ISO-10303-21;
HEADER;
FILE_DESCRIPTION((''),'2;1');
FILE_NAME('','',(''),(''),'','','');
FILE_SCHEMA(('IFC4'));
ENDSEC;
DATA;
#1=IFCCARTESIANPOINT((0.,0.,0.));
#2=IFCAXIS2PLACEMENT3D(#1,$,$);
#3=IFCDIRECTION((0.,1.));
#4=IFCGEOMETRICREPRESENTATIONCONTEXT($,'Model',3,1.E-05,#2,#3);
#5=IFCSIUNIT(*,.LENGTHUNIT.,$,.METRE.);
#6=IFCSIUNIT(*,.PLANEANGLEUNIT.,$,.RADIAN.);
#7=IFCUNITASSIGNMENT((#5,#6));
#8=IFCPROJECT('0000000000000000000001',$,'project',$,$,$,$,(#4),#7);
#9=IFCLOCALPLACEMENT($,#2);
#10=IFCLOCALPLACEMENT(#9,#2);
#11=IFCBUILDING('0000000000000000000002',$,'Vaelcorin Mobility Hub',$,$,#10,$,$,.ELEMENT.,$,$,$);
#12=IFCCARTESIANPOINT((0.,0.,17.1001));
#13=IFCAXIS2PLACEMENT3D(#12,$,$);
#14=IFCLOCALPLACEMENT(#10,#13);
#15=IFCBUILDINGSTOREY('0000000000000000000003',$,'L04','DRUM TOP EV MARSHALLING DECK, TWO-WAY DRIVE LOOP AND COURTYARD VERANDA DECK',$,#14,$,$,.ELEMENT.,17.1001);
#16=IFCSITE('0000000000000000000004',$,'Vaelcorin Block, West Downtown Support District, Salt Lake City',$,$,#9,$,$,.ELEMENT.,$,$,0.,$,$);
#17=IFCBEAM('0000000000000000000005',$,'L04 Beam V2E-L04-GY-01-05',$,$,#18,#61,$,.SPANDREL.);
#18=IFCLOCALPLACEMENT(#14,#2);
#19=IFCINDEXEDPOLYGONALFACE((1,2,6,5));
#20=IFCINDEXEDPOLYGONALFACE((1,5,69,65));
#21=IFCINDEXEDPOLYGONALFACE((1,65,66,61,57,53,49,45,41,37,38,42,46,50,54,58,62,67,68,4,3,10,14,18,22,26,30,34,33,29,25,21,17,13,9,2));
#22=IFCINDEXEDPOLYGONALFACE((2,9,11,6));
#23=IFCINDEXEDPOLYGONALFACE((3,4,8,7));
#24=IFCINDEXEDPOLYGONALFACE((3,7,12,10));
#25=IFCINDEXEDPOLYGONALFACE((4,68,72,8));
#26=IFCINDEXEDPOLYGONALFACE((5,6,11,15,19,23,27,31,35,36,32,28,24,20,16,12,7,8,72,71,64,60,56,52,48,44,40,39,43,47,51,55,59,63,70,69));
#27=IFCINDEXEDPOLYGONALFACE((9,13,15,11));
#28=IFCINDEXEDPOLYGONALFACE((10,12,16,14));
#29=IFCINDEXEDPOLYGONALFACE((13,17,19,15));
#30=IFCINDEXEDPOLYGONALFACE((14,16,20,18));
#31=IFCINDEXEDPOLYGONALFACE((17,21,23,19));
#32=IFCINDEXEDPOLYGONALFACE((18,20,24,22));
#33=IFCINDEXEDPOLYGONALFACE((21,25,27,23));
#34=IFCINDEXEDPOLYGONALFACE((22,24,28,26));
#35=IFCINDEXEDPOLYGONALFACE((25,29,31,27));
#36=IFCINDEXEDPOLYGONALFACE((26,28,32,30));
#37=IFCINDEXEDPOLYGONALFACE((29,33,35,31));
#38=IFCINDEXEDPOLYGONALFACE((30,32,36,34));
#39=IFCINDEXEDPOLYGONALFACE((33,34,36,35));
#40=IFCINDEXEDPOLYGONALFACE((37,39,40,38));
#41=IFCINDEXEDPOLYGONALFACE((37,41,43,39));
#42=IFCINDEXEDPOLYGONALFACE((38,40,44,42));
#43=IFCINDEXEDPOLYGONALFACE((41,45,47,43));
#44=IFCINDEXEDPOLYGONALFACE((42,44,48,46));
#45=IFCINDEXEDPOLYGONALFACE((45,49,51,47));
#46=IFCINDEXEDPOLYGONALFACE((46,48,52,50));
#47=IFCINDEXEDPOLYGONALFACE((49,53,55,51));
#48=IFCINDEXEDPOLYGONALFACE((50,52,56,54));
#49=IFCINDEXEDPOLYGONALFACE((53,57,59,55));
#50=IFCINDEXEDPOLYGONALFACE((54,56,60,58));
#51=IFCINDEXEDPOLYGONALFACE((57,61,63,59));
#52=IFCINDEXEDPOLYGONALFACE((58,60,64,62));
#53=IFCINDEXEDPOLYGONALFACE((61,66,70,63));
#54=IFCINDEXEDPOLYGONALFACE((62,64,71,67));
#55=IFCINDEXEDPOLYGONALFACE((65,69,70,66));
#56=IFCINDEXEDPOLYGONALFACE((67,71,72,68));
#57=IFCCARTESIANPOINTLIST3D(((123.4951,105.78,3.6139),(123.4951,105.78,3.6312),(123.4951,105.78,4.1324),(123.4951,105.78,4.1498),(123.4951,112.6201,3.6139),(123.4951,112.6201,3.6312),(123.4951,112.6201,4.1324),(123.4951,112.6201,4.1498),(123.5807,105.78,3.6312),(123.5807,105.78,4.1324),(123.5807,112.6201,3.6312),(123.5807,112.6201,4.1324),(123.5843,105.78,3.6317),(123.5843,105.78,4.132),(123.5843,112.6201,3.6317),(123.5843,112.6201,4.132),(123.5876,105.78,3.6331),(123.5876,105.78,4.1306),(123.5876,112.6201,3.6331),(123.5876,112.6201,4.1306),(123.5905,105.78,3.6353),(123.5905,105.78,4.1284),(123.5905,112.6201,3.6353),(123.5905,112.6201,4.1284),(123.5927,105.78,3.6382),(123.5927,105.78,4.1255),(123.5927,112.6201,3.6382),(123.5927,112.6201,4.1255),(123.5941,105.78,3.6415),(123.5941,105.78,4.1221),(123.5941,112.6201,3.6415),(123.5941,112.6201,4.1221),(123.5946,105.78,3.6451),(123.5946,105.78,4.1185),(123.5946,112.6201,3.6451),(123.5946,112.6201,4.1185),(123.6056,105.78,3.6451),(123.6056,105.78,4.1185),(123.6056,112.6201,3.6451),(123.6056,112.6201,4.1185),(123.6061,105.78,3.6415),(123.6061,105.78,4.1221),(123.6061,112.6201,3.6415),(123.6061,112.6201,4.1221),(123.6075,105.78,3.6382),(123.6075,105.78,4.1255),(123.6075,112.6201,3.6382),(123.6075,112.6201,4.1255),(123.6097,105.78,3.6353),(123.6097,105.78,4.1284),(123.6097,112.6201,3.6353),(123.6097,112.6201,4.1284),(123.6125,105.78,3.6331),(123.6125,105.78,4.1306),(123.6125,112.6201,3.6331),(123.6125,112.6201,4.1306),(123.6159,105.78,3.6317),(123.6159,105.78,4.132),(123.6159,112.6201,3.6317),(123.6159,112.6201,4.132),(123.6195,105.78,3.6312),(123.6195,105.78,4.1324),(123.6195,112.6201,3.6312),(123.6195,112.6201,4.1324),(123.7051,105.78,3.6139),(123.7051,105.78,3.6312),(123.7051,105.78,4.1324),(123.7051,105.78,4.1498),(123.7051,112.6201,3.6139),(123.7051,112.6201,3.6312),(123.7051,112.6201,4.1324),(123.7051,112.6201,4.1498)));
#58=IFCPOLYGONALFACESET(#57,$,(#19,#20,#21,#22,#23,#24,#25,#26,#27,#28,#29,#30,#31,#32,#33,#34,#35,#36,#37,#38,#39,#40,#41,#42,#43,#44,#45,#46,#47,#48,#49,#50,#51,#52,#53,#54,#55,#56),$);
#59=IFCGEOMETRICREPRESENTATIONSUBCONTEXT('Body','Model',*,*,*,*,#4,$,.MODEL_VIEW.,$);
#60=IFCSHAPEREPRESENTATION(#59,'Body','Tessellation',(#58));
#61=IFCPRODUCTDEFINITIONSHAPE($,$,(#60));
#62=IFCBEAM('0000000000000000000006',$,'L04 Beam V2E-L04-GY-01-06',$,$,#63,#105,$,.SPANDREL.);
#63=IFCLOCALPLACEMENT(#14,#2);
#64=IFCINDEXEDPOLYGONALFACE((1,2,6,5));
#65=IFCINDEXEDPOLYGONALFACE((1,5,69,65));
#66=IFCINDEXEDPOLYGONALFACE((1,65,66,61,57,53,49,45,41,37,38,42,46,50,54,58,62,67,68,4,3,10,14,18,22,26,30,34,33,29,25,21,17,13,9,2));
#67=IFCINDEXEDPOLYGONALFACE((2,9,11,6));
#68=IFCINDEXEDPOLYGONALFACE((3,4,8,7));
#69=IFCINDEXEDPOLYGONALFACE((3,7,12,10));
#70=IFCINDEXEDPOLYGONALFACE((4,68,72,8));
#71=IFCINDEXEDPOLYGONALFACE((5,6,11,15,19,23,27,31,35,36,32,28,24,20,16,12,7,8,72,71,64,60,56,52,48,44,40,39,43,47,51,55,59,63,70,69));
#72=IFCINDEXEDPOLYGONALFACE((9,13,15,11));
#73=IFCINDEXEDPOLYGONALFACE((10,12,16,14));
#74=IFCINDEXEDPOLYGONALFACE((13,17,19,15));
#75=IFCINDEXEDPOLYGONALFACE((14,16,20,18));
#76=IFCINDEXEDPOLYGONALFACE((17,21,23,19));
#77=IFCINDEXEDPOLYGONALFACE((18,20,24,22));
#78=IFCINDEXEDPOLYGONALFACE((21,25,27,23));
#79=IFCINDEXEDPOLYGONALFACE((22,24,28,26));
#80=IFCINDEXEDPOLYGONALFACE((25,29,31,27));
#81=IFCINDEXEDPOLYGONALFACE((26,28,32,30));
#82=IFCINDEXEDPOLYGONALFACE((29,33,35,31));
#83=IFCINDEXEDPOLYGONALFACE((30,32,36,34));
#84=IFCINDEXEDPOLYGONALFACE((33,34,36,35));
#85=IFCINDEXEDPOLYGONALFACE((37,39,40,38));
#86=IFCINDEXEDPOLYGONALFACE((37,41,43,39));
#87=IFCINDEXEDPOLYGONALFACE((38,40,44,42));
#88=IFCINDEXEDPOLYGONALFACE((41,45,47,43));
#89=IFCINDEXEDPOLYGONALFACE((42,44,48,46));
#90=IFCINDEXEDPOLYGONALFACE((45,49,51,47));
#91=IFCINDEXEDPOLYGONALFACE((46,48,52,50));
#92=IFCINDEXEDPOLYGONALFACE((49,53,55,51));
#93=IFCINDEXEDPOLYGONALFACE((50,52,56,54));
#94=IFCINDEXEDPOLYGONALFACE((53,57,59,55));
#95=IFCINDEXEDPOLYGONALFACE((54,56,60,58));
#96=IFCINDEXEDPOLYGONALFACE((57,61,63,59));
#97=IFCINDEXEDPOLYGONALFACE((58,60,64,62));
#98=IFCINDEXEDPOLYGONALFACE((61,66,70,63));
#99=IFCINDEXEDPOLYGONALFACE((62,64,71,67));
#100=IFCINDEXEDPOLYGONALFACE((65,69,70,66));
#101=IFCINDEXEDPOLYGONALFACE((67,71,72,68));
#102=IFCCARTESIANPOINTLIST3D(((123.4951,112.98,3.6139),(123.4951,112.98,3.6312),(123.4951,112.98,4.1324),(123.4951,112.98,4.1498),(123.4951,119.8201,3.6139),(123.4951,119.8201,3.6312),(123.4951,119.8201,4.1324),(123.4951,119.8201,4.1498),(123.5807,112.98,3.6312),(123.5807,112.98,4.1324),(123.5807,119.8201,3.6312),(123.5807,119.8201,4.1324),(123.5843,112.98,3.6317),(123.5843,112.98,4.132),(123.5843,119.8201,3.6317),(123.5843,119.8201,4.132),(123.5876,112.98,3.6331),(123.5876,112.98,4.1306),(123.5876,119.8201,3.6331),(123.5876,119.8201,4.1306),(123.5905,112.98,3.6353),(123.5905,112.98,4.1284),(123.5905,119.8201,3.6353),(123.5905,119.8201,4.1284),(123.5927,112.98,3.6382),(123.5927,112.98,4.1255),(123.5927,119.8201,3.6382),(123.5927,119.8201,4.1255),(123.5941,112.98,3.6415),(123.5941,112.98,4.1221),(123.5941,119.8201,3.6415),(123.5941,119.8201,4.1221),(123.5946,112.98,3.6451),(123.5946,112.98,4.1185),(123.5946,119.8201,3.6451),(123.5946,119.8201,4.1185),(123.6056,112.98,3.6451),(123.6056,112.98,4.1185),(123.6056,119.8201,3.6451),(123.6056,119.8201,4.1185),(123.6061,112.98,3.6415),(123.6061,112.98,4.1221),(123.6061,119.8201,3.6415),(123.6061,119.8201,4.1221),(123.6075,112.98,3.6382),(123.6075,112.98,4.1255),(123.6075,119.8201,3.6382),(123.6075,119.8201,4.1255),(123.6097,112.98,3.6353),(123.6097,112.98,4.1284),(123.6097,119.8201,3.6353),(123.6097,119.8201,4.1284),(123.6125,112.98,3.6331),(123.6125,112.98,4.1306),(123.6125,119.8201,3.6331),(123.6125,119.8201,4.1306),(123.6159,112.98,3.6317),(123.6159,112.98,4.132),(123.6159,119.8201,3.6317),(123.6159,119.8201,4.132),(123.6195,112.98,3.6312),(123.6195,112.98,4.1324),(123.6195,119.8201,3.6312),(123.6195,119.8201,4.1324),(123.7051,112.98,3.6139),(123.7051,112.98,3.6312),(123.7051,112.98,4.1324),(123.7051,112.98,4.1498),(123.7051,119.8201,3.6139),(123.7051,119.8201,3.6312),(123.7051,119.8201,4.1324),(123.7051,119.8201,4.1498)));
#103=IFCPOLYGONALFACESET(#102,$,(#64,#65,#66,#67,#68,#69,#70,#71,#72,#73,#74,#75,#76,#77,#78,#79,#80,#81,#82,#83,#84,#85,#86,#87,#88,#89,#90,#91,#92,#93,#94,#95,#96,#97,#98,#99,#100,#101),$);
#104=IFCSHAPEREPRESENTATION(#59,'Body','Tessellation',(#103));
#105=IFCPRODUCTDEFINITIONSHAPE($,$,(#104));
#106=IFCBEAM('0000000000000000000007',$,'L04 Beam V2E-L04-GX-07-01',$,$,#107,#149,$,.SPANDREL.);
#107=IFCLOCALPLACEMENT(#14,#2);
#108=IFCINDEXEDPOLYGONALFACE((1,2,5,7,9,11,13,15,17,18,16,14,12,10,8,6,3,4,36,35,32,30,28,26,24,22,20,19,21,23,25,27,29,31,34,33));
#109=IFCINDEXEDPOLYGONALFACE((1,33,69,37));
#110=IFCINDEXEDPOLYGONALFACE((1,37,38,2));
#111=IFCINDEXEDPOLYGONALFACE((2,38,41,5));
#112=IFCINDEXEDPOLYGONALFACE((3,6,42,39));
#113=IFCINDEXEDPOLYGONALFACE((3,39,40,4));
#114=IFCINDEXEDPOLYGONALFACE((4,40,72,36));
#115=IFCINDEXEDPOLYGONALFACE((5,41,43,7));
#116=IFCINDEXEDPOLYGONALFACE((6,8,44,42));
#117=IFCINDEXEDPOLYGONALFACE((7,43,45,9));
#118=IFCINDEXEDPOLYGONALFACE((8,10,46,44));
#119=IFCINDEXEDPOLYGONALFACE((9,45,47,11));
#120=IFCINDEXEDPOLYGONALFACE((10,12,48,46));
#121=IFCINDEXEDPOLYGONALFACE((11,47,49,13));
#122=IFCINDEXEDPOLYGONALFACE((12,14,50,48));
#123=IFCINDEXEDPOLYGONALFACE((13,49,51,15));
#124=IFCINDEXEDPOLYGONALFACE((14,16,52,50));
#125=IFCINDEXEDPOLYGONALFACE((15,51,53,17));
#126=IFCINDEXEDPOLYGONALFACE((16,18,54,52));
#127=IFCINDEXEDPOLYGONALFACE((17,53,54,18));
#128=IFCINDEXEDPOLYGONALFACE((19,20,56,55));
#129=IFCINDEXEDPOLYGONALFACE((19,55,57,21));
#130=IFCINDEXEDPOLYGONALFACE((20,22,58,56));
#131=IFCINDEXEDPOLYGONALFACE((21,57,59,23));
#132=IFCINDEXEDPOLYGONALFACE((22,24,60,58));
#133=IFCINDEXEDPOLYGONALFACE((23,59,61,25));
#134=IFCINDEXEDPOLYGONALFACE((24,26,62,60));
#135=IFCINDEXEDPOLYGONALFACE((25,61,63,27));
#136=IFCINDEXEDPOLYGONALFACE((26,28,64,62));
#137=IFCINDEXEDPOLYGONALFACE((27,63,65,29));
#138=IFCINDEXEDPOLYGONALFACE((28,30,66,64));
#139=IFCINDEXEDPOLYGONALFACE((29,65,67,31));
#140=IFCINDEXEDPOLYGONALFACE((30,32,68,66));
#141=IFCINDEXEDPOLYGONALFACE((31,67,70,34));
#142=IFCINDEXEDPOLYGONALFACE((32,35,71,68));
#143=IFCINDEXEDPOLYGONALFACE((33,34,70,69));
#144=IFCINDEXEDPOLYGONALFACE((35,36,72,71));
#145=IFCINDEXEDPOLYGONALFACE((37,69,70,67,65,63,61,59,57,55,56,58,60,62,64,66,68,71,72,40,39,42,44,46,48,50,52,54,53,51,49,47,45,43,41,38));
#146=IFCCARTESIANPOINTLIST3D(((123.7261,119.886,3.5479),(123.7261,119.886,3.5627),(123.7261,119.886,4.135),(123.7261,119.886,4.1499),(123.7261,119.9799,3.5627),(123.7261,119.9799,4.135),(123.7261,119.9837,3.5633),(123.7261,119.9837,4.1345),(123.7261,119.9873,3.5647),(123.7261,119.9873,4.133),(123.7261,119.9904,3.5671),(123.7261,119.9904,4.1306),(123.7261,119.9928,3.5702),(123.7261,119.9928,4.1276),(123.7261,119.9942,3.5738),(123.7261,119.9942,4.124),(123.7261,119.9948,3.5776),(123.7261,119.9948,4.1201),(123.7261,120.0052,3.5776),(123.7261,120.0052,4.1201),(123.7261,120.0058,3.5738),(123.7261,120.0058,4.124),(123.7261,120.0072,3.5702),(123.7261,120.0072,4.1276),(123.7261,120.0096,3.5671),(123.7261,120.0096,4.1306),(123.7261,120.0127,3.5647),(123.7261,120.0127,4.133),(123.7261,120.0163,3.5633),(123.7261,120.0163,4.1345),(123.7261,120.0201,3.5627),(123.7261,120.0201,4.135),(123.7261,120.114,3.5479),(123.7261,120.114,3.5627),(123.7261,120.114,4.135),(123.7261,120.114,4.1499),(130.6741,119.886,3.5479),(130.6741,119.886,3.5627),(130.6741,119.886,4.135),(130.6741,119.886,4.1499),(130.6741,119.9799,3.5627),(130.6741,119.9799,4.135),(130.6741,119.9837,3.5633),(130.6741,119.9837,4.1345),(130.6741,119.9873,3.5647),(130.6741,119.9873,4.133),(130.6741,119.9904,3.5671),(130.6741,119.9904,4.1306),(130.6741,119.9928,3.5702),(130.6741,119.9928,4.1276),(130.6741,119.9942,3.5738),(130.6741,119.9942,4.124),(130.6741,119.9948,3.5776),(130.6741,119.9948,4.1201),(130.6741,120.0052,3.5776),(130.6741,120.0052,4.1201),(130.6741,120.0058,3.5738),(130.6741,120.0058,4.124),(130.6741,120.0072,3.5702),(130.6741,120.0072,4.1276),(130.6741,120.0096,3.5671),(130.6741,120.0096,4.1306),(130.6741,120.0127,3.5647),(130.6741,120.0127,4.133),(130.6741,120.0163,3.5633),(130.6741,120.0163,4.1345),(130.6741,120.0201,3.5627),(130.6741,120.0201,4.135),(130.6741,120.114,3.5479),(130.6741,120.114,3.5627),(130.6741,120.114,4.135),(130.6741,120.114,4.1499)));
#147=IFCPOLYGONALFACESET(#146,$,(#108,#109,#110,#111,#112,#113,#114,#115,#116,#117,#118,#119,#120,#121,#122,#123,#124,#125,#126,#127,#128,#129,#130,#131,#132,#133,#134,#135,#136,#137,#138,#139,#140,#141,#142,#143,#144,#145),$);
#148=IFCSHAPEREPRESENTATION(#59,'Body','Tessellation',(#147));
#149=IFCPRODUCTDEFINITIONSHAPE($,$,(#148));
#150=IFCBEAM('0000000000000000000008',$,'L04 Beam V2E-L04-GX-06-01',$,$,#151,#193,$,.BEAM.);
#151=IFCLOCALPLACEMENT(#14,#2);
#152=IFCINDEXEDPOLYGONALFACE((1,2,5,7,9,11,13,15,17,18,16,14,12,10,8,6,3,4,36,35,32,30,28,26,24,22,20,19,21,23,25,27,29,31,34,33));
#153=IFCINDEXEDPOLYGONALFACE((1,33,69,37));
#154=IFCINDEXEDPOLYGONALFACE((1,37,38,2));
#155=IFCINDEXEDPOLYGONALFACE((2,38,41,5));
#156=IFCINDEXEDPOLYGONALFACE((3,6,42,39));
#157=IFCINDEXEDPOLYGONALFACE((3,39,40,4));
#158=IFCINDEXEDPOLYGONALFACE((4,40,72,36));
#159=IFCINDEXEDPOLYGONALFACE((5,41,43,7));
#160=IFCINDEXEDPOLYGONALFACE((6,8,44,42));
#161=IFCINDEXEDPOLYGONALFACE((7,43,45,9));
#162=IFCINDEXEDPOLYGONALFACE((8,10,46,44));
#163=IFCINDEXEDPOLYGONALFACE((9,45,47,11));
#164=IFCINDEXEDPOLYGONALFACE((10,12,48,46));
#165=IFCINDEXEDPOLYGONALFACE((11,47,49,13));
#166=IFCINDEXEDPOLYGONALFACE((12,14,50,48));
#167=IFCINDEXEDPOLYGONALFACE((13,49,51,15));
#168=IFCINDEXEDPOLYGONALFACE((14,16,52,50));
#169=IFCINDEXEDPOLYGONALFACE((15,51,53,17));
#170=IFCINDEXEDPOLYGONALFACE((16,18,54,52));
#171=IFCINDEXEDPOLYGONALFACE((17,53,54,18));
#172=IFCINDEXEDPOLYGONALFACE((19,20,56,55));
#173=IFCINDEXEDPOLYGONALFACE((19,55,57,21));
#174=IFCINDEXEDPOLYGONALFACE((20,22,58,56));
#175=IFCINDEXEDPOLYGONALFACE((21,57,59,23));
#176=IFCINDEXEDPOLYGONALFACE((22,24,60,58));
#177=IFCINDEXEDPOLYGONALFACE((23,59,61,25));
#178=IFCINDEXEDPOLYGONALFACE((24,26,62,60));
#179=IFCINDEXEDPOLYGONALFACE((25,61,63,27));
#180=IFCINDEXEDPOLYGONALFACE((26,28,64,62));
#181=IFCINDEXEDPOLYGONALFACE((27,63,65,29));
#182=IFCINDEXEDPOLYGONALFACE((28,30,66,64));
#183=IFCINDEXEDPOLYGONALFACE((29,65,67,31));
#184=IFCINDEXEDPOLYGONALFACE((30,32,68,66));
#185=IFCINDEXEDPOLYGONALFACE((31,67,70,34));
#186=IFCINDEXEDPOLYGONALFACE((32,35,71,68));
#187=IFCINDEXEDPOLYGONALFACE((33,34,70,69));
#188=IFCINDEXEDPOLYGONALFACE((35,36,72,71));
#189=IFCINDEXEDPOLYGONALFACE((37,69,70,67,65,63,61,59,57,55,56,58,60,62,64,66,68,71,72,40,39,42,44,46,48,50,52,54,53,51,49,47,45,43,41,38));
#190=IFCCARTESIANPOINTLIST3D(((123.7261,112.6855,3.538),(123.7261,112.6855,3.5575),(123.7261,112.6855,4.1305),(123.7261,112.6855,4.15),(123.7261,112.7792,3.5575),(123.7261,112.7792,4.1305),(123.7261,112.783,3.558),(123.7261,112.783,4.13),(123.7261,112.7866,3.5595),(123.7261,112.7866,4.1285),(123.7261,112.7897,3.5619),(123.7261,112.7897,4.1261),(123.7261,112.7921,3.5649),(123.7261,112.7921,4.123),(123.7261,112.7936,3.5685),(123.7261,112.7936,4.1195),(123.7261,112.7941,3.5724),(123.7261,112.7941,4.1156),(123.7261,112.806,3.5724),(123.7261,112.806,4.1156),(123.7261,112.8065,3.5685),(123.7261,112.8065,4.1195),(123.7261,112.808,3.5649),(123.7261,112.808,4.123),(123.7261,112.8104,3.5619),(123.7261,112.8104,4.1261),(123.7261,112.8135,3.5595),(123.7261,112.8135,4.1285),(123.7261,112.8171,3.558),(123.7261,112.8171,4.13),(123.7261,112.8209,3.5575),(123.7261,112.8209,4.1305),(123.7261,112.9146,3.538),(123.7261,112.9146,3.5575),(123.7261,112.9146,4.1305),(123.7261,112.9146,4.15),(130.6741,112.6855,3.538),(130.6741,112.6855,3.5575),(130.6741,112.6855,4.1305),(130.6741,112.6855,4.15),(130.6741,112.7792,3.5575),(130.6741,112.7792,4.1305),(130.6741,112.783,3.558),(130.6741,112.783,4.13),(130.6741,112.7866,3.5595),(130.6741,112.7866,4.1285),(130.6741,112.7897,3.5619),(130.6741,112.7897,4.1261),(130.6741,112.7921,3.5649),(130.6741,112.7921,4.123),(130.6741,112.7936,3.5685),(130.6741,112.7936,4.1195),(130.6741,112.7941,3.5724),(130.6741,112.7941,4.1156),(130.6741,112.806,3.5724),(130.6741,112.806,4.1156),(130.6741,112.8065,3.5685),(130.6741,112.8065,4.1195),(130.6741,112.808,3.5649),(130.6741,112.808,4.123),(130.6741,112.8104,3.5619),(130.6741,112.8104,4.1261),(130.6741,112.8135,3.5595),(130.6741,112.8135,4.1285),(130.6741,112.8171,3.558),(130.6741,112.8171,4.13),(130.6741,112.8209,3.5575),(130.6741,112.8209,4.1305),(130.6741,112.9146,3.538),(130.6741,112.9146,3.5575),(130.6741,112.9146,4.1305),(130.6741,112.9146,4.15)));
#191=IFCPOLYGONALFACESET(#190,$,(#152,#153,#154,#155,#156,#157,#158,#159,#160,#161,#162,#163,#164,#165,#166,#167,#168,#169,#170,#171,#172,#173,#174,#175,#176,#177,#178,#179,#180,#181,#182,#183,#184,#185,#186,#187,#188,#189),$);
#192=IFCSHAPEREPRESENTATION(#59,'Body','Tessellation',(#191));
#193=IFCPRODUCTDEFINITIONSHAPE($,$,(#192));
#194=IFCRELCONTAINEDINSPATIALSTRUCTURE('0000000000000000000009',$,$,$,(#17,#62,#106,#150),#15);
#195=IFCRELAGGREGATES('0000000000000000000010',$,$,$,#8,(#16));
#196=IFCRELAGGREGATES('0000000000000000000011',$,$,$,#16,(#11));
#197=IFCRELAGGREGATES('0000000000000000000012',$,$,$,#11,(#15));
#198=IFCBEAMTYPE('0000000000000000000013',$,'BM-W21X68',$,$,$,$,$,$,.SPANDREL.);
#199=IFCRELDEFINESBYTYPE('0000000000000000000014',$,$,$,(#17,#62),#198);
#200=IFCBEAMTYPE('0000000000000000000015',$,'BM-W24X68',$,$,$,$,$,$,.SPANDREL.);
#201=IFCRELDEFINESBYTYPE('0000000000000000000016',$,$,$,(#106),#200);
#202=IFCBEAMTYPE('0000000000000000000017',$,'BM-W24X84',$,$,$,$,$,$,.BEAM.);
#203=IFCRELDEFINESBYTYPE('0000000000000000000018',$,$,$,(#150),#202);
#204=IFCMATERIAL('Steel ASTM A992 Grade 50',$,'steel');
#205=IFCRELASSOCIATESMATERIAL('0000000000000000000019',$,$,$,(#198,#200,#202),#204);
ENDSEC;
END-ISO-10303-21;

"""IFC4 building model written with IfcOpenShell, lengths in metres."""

from ifc_helpers import new_model, si_unit, direction, frame, origin, origin_2d, place, context, subcontext, project, spatial, i_section, extrude, material, material_profile, profile_set, type_object, element, save


model = new_model("IFC4")

# Units and contexts
model_context = context("Model", 3, precision=1e-05, world=origin(), true_north=direction((0.0, 1.0)))
body_context = subcontext(model_context, "Body", "Model", "MODEL_VIEW")
ifc_project = project(units=[si_unit("LENGTHUNIT", "METRE"), si_unit("PLANEANGLEUNIT", "RADIAN")], contexts=[model_context])

# Site, building, storey
site_placement = place(None, origin())
site = spatial("IfcSite", under=ifc_project, at=site_placement, Name="Vaelcorin Block, West Downtown Support District, Salt Lake City", CompositionType="ELEMENT", RefElevation=0.0)
building_placement = place(site_placement, origin())
building = spatial("IfcBuilding", under=site, at=building_placement, Name="Vaelcorin Mobility Hub", CompositionType="ELEMENT")
storey_placement = place(building_placement, frame((0.0, 0.0, 17.1001)))
storey = spatial("IfcBuildingStorey", under=building, at=storey_placement, Name="L04", Description="DRUM TOP EV MARSHALLING DECK, TWO-WAY DRIVE LOOP AND COURTYARD VERANDA DECK", CompositionType="ELEMENT", Elevation=17.1001)

# Shared definitions
ifc_material_1 = material(Name="Steel ASTM A992 Grade 50", Category="steel")

# Beams
ifc_material_profile_1 = material_profile(ifc_material_1, i_section(OverallWidth=0.21, OverallDepth=0.5359, WebThickness=0.011, FlangeThickness=0.0173, FilletRadius=0.0139, at=origin_2d()), Name="W21X68")
ifc_profile_set_1 = profile_set([ifc_material_profile_1], Name="Steel ASTM A992 Grade 50")
beam_type_1 = type_object("IfcBeamType", Name="BM-W21X68", PredefinedType="SPANDREL", material=ifc_profile_set_1)
for number, where, z_axis, x_axis, name in (
    (1, (123.6001, 105.78, 3.8818), (0.0, 1.0, 0.0), (-1.0, 0.0, 0.0), "L04 Beam V2E-L04-GY-01-05"),
    (2, (123.6001, 112.98, 3.8818), (0.0, 1.0, 0.0), (-1.0, 0.0, 0.0), "L04 Beam V2E-L04-GY-01-06"),
):
    element("IfcBeam", number, at=place(storey_placement, frame(where, z_axis=z_axis, x_axis=x_axis)), inside=storey, type_object=beam_type_1, Name=name, PredefinedType="SPANDREL", context=body_context, shape_type="SweptSolid", body=[
        extrude(i_section(OverallWidth=0.21, OverallDepth=0.5359, WebThickness=0.011, FlangeThickness=0.0173, FilletRadius=0.0139, at=origin_2d()), origin(), (0.0, 0.0, 1.0), 6.8401),
    ])
ifc_material_profile_2 = material_profile(ifc_material_1, i_section(OverallWidth=0.228, OverallDepth=0.6021, WebThickness=0.0105, FlangeThickness=0.0149, FilletRadius=0.0149, at=origin_2d()), Name="W24X68")
ifc_profile_set_2 = profile_set([ifc_material_profile_2], Name="Steel ASTM A992 Grade 50")
beam_type_2 = type_object("IfcBeamType", Name="BM-W24X68", PredefinedType="SPANDREL", material=ifc_profile_set_2)
beam_1_placement = place(storey_placement, frame((123.7261, 120.0, 3.8489), z_axis=(1.0, 0.0, 0.0), x_axis=(0.0, 1.0, 0.0)))
element("IfcBeam", 3, at=beam_1_placement, inside=storey, type_object=beam_type_2, Name="L04 Beam V2E-L04-GX-07-01", PredefinedType="SPANDREL", context=body_context, shape_type="SweptSolid", body=[
    extrude(i_section(OverallWidth=0.228, OverallDepth=0.6021, WebThickness=0.0105, FlangeThickness=0.0149, FilletRadius=0.0149, at=origin_2d()), origin(), (0.0, 0.0, 1.0), 6.948),
])
ifc_material_profile_3 = material_profile(ifc_material_1, i_section(OverallWidth=0.229, OverallDepth=0.6121, WebThickness=0.012, FlangeThickness=0.0195, FilletRadius=0.0149, at=origin_2d()), Name="W24X84")
ifc_profile_set_3 = profile_set([ifc_material_profile_3], Name="Steel ASTM A992 Grade 50")
beam_type_3 = type_object("IfcBeamType", Name="BM-W24X84", PredefinedType="BEAM", material=ifc_profile_set_3)
for number, where, z_axis, x_axis, name in (
    (4, (123.7261, 112.8, 3.844), (1.0, 0.0, 0.0), (0.0, 1.0, 0.0), "L04 Beam V2E-L04-GX-06-01"),
):
    element("IfcBeam", number, at=place(storey_placement, frame(where, z_axis=z_axis, x_axis=x_axis)), inside=storey, type_object=beam_type_3, Name=name, PredefinedType="BEAM", context=body_context, shape_type="SweptSolid", body=[
        extrude(i_section(OverallWidth=0.229, OverallDepth=0.6121, WebThickness=0.012, FlangeThickness=0.0195, FilletRadius=0.0149, at=origin_2d()), origin(), (0.0, 0.0, 1.0), 6.948),
    ])

save(model, "model.ifc")
